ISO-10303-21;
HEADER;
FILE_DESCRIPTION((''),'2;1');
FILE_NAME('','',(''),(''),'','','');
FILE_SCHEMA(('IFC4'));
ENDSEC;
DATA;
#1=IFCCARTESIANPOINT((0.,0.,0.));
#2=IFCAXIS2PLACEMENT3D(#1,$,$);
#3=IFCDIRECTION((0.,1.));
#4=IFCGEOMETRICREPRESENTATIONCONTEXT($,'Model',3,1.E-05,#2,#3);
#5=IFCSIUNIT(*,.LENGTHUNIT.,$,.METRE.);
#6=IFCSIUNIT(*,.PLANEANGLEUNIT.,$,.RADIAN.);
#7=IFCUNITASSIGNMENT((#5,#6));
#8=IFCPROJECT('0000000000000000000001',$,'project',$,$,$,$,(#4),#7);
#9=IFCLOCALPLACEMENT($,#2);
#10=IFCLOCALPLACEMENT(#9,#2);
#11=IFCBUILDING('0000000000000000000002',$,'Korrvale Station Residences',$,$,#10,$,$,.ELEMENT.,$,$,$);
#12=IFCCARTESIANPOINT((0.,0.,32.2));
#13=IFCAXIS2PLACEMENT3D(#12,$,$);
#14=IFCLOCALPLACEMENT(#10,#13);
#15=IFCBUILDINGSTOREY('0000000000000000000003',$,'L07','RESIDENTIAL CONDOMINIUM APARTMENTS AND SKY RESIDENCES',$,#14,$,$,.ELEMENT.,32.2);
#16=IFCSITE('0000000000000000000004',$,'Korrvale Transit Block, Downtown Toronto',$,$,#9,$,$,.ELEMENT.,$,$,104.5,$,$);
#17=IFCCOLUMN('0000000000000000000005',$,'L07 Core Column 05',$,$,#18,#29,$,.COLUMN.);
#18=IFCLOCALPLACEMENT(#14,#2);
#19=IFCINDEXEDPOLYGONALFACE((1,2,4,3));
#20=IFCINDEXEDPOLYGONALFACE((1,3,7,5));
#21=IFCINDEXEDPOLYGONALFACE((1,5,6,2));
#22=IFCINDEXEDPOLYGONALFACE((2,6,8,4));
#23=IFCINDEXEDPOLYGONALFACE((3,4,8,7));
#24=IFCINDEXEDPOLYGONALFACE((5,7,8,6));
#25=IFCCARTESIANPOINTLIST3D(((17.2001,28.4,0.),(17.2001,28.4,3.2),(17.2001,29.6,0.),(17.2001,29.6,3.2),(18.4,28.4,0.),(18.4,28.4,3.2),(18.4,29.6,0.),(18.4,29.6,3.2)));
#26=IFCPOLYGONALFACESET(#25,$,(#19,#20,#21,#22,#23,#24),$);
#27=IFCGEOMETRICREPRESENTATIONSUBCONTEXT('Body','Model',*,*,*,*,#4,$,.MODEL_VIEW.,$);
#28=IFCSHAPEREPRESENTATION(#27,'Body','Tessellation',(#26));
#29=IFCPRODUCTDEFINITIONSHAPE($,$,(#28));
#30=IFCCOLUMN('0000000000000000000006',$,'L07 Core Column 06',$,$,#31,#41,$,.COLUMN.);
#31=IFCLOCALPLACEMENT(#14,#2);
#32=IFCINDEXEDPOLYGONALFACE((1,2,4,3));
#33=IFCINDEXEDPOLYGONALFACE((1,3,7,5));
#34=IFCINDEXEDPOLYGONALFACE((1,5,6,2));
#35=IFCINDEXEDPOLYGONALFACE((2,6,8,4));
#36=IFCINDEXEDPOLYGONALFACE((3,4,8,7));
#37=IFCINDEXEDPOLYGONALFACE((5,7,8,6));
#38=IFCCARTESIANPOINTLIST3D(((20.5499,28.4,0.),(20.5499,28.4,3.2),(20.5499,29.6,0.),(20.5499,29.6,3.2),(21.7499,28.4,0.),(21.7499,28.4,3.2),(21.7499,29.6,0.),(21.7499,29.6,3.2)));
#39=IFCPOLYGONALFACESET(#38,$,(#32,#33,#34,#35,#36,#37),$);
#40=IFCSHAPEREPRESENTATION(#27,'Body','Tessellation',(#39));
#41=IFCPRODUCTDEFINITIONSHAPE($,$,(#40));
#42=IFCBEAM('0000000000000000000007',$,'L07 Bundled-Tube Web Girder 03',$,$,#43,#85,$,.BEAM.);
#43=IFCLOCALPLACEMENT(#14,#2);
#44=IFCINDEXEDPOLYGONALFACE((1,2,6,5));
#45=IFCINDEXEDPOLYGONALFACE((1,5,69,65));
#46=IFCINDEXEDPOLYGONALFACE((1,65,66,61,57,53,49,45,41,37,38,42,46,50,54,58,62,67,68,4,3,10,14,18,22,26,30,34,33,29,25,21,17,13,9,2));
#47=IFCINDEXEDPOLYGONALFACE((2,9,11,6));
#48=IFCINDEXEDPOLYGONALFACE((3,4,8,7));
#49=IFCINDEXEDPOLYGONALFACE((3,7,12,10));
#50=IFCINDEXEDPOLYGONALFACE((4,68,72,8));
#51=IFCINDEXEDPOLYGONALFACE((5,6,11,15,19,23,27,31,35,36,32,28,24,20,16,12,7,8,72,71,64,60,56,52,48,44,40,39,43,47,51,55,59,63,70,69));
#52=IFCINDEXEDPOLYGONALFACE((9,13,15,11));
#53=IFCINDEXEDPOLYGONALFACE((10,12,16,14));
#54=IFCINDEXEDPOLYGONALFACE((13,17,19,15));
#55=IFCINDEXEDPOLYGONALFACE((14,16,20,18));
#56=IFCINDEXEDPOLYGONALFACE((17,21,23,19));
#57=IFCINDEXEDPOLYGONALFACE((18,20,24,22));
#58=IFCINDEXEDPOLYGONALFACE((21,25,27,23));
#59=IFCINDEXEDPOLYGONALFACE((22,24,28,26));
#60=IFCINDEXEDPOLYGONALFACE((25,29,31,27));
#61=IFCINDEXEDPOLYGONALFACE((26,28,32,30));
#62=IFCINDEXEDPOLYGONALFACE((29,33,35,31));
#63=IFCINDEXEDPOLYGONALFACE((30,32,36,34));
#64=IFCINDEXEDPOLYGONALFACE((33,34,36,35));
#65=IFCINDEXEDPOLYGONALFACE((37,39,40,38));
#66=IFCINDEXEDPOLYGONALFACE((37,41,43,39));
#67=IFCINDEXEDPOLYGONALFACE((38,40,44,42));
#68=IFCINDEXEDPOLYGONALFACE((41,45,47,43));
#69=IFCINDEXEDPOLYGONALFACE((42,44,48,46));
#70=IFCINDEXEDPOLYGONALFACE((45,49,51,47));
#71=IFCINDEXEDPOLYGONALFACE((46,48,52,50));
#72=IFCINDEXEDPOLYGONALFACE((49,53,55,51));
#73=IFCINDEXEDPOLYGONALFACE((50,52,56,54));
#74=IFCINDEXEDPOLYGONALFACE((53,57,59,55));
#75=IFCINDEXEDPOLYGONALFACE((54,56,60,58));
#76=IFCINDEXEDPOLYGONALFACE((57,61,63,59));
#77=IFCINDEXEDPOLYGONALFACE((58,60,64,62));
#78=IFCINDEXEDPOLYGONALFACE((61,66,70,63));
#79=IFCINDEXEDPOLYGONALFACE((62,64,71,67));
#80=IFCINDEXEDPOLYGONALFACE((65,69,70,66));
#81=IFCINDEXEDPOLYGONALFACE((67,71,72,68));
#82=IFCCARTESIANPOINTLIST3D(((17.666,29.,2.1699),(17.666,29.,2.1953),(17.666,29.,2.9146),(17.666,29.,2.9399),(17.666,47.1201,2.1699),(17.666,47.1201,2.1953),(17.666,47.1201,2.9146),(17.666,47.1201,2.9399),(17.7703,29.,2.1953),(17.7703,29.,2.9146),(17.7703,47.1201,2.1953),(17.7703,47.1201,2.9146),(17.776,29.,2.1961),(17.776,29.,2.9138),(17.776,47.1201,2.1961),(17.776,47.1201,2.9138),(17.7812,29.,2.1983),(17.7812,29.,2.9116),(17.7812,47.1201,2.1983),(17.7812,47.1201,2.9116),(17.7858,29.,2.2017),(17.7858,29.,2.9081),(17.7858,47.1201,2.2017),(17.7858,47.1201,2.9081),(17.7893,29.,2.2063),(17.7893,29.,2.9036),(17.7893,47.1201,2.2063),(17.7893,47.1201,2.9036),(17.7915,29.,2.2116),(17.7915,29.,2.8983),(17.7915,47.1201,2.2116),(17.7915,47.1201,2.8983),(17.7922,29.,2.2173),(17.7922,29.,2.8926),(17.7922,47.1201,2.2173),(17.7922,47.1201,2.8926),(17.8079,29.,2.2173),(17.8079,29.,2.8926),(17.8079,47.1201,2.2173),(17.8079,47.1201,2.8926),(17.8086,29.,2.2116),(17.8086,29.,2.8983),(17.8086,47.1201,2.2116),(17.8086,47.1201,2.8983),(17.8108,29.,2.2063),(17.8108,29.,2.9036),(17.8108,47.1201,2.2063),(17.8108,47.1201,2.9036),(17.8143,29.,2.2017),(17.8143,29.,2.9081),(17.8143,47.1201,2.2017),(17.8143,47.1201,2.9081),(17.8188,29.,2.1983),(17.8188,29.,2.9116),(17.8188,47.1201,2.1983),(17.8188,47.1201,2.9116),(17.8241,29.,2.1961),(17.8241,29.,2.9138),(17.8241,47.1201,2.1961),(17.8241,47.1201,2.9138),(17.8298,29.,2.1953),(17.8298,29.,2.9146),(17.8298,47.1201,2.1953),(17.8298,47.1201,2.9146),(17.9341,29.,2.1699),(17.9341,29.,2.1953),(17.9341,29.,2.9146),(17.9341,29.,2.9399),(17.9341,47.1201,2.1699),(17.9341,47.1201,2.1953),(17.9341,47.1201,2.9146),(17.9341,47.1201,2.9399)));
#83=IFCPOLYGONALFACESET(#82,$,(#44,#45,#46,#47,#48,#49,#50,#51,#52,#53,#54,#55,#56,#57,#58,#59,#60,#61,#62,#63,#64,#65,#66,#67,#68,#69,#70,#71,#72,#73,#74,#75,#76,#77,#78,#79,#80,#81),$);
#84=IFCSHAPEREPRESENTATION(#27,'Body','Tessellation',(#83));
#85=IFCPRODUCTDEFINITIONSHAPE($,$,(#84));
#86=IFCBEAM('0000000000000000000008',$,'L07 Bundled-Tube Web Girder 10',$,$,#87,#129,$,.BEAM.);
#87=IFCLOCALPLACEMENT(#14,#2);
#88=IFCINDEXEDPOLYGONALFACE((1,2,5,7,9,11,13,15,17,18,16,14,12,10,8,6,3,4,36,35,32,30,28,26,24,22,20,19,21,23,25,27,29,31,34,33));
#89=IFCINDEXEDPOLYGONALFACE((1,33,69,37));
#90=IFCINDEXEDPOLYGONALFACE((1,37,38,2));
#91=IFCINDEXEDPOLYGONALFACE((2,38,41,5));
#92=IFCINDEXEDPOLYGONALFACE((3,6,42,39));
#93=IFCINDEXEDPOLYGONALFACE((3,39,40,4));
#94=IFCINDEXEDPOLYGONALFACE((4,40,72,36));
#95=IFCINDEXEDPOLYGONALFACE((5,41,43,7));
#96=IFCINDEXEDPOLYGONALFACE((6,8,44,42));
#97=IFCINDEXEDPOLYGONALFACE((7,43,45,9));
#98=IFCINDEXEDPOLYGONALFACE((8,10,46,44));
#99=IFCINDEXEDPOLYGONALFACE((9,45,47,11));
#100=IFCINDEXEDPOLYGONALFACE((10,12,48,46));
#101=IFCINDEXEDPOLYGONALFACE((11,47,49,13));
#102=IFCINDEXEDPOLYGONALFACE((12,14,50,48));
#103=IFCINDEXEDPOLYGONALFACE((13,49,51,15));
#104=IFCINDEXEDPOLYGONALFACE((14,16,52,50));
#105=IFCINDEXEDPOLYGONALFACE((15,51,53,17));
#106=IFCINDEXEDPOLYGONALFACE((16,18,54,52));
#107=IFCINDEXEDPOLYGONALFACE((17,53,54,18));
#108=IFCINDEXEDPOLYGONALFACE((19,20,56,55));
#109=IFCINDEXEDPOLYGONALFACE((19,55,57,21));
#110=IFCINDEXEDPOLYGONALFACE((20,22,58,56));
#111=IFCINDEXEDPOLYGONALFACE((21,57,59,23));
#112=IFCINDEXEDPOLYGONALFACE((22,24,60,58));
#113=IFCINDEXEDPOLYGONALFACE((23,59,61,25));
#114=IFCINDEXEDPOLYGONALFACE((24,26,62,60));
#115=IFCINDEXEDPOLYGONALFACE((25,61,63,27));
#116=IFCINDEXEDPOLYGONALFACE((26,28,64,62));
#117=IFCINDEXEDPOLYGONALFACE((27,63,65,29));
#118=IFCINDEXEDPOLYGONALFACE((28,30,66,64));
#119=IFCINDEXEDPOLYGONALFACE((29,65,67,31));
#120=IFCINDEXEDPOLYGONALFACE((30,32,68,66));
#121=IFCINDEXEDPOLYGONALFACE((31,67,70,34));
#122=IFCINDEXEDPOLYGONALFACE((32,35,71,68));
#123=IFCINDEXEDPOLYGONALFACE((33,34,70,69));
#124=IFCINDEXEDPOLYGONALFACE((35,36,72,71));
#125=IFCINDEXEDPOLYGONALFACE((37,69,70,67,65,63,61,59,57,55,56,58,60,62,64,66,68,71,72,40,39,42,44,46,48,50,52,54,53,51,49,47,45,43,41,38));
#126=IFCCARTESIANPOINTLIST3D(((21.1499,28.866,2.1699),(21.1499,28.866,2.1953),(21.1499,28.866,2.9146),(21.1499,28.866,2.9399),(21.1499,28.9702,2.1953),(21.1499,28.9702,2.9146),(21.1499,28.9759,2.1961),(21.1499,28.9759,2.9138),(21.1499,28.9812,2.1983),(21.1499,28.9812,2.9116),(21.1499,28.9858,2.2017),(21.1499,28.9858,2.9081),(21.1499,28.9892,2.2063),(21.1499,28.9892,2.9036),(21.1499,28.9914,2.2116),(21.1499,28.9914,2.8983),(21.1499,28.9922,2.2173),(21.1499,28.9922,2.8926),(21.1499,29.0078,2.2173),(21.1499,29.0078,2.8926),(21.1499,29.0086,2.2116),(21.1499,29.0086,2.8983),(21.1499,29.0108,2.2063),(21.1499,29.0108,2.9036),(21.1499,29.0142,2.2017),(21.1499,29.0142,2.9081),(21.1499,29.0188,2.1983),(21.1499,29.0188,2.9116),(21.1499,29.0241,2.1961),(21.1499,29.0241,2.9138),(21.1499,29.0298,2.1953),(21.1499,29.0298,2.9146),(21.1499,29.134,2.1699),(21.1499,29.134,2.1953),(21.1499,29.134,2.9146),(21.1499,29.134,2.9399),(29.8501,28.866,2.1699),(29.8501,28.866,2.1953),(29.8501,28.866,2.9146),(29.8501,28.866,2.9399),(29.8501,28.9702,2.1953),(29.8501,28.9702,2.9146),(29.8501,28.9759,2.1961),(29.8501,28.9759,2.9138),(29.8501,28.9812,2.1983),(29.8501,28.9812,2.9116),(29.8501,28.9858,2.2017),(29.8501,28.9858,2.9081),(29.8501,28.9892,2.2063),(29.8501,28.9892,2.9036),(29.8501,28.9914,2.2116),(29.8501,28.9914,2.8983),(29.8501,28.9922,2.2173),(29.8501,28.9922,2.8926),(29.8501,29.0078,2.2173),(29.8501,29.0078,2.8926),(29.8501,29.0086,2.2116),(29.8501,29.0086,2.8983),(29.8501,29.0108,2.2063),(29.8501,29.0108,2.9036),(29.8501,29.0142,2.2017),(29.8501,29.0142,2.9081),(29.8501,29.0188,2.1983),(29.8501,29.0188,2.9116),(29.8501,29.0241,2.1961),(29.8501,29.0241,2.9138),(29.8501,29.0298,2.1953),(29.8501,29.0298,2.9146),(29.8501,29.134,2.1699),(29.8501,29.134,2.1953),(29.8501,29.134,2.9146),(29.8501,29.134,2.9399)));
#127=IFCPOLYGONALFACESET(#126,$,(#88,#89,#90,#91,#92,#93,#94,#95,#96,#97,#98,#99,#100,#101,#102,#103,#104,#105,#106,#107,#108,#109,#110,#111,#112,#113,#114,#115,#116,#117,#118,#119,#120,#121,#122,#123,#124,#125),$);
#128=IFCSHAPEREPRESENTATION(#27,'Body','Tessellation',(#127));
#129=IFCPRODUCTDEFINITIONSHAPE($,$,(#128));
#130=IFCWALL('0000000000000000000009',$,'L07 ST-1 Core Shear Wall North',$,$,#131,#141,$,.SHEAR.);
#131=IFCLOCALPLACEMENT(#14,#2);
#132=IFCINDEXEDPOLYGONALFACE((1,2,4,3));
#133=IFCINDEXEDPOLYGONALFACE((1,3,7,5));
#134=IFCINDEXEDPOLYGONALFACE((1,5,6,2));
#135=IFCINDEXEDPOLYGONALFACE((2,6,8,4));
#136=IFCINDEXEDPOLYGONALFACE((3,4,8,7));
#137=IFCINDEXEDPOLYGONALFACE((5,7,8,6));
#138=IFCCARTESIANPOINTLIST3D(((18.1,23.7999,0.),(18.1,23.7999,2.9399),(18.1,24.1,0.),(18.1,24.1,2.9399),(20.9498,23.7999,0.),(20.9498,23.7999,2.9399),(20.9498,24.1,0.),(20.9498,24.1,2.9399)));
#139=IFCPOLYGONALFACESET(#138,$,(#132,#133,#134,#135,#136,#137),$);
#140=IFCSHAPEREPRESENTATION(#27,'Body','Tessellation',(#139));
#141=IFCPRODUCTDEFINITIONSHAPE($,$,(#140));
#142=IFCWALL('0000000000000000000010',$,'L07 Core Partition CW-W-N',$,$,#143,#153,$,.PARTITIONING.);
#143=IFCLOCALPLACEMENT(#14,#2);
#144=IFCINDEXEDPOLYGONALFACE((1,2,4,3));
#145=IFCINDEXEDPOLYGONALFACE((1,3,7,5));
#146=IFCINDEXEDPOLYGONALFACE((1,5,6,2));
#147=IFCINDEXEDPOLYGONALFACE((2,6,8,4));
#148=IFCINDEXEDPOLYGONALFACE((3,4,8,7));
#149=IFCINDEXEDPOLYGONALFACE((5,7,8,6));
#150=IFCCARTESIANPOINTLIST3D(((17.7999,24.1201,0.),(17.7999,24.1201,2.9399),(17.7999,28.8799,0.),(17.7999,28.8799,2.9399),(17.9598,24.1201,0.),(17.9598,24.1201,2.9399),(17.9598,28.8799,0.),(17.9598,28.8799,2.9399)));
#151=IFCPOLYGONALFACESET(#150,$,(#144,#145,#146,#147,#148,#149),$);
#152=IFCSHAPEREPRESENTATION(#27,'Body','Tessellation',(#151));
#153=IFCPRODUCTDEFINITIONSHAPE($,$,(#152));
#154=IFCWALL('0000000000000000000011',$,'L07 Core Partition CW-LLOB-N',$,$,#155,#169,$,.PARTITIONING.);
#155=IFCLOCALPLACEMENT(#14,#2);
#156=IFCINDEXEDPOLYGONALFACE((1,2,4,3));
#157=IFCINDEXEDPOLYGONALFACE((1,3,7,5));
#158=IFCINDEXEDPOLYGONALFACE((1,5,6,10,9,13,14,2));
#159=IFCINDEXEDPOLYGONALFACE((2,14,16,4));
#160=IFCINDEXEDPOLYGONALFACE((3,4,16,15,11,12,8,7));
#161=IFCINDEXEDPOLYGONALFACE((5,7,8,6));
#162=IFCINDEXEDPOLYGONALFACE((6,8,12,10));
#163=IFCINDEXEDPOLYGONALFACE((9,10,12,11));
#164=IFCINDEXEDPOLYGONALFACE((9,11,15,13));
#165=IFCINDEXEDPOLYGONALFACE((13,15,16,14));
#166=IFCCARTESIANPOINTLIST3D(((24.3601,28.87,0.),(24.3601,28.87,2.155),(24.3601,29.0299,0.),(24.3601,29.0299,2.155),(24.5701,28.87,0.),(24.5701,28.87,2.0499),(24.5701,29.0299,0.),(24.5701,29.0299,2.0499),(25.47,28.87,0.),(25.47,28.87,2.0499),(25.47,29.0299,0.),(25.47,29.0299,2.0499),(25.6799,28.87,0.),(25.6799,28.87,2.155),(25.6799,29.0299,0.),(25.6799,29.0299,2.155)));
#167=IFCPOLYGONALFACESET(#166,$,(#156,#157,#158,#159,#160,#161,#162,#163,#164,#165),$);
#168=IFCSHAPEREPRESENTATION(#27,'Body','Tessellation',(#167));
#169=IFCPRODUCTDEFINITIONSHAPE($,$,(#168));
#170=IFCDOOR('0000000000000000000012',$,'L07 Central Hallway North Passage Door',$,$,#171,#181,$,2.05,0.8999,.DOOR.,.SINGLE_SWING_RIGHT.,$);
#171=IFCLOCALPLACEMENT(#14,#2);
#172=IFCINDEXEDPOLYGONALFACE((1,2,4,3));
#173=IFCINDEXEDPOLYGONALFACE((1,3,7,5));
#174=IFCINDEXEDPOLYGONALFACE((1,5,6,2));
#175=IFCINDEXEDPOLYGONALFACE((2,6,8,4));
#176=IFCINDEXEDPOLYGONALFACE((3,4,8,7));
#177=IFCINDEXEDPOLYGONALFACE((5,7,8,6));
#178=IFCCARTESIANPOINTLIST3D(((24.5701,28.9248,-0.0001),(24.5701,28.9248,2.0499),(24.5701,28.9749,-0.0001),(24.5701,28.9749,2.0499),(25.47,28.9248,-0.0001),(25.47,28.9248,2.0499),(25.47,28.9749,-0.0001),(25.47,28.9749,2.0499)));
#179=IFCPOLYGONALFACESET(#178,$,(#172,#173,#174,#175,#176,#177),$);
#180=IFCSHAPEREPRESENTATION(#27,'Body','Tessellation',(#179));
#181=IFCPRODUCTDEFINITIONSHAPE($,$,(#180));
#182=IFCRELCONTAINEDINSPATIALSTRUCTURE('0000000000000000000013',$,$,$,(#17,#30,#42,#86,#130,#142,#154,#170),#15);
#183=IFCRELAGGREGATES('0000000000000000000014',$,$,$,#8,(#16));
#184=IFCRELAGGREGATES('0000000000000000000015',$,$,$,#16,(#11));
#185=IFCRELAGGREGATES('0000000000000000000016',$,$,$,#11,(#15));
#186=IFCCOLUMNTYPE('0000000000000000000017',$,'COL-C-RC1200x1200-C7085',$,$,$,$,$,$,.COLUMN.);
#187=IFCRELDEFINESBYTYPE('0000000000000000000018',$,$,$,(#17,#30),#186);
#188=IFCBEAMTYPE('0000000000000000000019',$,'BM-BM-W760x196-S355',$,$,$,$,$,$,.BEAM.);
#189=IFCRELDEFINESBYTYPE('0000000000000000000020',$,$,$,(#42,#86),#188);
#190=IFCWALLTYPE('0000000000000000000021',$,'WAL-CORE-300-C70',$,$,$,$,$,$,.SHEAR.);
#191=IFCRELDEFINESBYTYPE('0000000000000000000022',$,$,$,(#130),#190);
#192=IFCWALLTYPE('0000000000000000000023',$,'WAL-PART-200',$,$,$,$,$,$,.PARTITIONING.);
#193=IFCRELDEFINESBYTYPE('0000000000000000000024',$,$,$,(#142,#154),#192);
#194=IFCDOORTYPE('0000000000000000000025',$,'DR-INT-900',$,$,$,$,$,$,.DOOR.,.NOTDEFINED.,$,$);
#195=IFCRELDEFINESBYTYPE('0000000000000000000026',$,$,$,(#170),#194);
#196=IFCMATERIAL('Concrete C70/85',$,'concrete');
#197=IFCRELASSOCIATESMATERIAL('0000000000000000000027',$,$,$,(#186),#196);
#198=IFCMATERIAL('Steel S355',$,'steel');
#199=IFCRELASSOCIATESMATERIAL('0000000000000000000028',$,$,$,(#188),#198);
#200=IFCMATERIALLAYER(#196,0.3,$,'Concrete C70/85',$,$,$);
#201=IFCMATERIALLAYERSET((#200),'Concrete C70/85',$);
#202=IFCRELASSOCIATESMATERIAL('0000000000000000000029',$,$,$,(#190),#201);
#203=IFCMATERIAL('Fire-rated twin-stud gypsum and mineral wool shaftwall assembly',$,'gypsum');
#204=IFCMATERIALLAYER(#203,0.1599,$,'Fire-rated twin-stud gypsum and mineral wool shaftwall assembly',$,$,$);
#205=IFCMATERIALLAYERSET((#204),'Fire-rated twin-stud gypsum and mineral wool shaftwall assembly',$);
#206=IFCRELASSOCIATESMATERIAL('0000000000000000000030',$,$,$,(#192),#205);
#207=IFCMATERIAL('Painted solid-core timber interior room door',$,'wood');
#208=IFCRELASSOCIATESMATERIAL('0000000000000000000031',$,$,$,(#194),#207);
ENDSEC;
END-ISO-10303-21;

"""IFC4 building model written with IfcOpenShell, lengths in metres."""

from ifc_helpers import new_model, si_unit, direction, frame, frame_2d, origin, origin_2d, place, context, subcontext, project, spatial, rectangle, i_section, extrude, material, layer, layer_set, material_profile, profile_set, type_object, element, fill, save


model = new_model("IFC4")

# Units and contexts
model_context = context("Model", 3, precision=1e-05, world=origin(), true_north=direction((0.0, 1.0)))
body_context = subcontext(model_context, "Body", "Model", "MODEL_VIEW")
ifc_project = project(units=[si_unit("LENGTHUNIT", "METRE"), si_unit("PLANEANGLEUNIT", "RADIAN")], contexts=[model_context])

# Site, building, storey
site_placement = place(None, origin())
site = spatial("IfcSite", under=ifc_project, at=site_placement, Name="Korrvale Transit Block, Downtown Toronto", CompositionType="ELEMENT", RefElevation=104.5)
building_placement = place(site_placement, origin())
building = spatial("IfcBuilding", under=site, at=building_placement, Name="Korrvale Station Residences", CompositionType="ELEMENT")
storey_placement = place(building_placement, frame((0.0, 0.0, 32.2)))
storey = spatial("IfcBuildingStorey", under=building, at=storey_placement, Name="L07", Description="RESIDENTIAL CONDOMINIUM APARTMENTS AND SKY RESIDENCES", CompositionType="ELEMENT", Elevation=32.2)

# Columns
ifc_material_1 = material(Name="Concrete C70/85", Category="concrete")
ifc_material_profile_1 = material_profile(ifc_material_1, rectangle(XDim=1.2, YDim=1.2, at=origin_2d()), Name="RC1200x1200")
ifc_profile_set_1 = profile_set([ifc_material_profile_1], Name="Concrete C70/85")
column_type = type_object("IfcColumnType", Name="COL-C-RC1200x1200-C7085", PredefinedType="COLUMN", material=ifc_profile_set_1)
for number, where, z_axis, x_axis, name in (
    (1, (17.8, 29.0, 0.0), (0.0, 0.0, 1.0), (1.0, 0.0, 0.0), "L07 Core Column 05"),
    (2, (21.1499, 29.0, 0.0), (0.0, 0.0, 1.0), (1.0, 0.0, 0.0), "L07 Core Column 06"),
):
    element("IfcColumn", number, at=place(storey_placement, frame(where, z_axis=z_axis, x_axis=x_axis)), inside=storey, type_object=column_type, Name=name, PredefinedType="COLUMN", context=body_context, shape_type="SweptSolid", body=[
        extrude(rectangle(XDim=1.2, YDim=1.2, at=origin_2d()), origin(), (0.0, 0.0, 1.0), 3.2),
    ])

# Beams
ifc_material_2 = material(Name="Steel S355", Category="steel")
ifc_material_profile_2 = material_profile(ifc_material_2, i_section(OverallWidth=0.2681, OverallDepth=0.77, WebThickness=0.0156, FlangeThickness=0.0254, FilletRadius=0.022, at=origin_2d()), Name="W760x196")
ifc_profile_set_2 = profile_set([ifc_material_profile_2], Name="Steel S355")
beam_type = type_object("IfcBeamType", Name="BM-BM-W760x196-S355", PredefinedType="BEAM", material=ifc_profile_set_2)
beam_1_placement = place(storey_placement, frame((17.8, 29.0, 2.5549), z_axis=(0.0, 1.0, 0.0), x_axis=(-1.0, 0.0, 0.0)))
element("IfcBeam", 3, at=beam_1_placement, inside=storey, type_object=beam_type, Name="L07 Bundled-Tube Web Girder 03", PredefinedType="BEAM", context=body_context, shape_type="SweptSolid", body=[
    extrude(i_section(OverallWidth=0.2681, OverallDepth=0.77, WebThickness=0.0156, FlangeThickness=0.0254, FilletRadius=0.022, at=origin_2d()), origin(), (0.0, 0.0, 1.0), 18.1201),
])
beam_2_placement = place(storey_placement, frame((21.1499, 29.0, 2.5549), z_axis=(1.0, 0.0, 0.0), x_axis=(0.0, 1.0, 0.0)))
element("IfcBeam", 4, at=beam_2_placement, inside=storey, type_object=beam_type, Name="L07 Bundled-Tube Web Girder 10", PredefinedType="BEAM", context=body_context, shape_type="SweptSolid", body=[
    extrude(i_section(OverallWidth=0.2681, OverallDepth=0.77, WebThickness=0.0156, FlangeThickness=0.0254, FilletRadius=0.022, at=origin_2d()), origin(), (0.0, 0.0, 1.0), 8.7002),
])

# Walls
ifc_layer_1 = layer(ifc_material_1, 0.3, Name="Concrete C70/85")
ifc_layer_set_1 = layer_set([ifc_layer_1], Name="Concrete C70/85")
wall_type_1 = type_object("IfcWallType", Name="WAL-CORE-300-C70", PredefinedType="SHEAR", material=ifc_layer_set_1)
wall_1_placement = place(storey_placement, frame((18.1001, 23.95, 0.0), z_axis=(0.0, 0.0, 1.0), x_axis=(1.0, 0.0, 0.0)))
element("IfcWall", 5, at=wall_1_placement, inside=storey, type_object=wall_type_1, Name="L07 ST-1 Core Shear Wall North", PredefinedType="SHEAR", context=body_context, shape_type="SweptSolid", body=[
    extrude(rectangle(XDim=2.8499, YDim=0.3, at=frame_2d((1.4248, 0.0))), origin(), (0.0, 0.0, 1.0), 2.9399),
])
ifc_material_3 = material(Name="Fire-rated twin-stud gypsum and mineral wool shaftwall assembly", Category="gypsum")
ifc_layer_2 = layer(ifc_material_3, 0.1599, Name="Fire-rated twin-stud gypsum and mineral wool shaftwall assembly")
ifc_layer_set_2 = layer_set([ifc_layer_2], Name="Fire-rated twin-stud gypsum and mineral wool shaftwall assembly")
wall_type_2 = type_object("IfcWallType", Name="WAL-PART-200", PredefinedType="PARTITIONING", material=ifc_layer_set_2)
wall_2_placement = place(storey_placement, frame((17.8799, 24.1201, 0.0), z_axis=(0.0, 0.0, 1.0), x_axis=(0.0, 1.0, 0.0)))
element("IfcWall", 6, at=wall_2_placement, inside=storey, type_object=wall_type_2, Name="L07 Core Partition CW-W-N", PredefinedType="PARTITIONING", context=body_context, shape_type="SweptSolid", body=[
    extrude(rectangle(XDim=4.7598, YDim=0.1599, at=frame_2d((2.3799, 0.0))), origin(), (0.0, 0.0, 1.0), 2.9399),
])

# Wall, opening, door
wall_3_placement = place(storey_placement, frame((24.3601, 28.95, 0.0), z_axis=(0.0, 0.0, 1.0), x_axis=(1.0, 0.0, 0.0)))
wall_3 = element("IfcWall", 7, at=wall_3_placement, inside=storey, type_object=wall_type_2, Name="L07 Core Partition CW-LLOB-N", PredefinedType="PARTITIONING", context=body_context, shape_type="SweptSolid", body=[
    extrude(rectangle(XDim=1.3198, YDim=0.1599, at=frame_2d((0.6599, 0.0))), origin(), (0.0, 0.0, 1.0), 2.155),
])
opening_1_placement = place(wall_3_placement, frame((0.21, 0.0, 0.0)))
opening_1 = element("IfcOpeningElement", 8, at=opening_1_placement, cuts=wall_3, PredefinedType="OPENING", context=body_context, shape_type="SweptSolid", body=[
    extrude(rectangle(XDim=0.8999, YDim=2.05, at=frame_2d((0.45, 1.0249))), frame((0.0, 0.0898, 0.0), z_axis=(0.0, -1.0, 0.0), x_axis=(1.0, 0.0, 0.0)), (0.0, 0.0, 1.0), 0.1799),
])
ifc_material_4 = material(Name="Painted solid-core timber interior room door", Category="wood")
door_type_1 = type_object("IfcDoorType", Name="DR-INT-900", OperationType="NOTDEFINED", PredefinedType="DOOR", material=ifc_material_4)
door_1_placement = place(opening_1_placement, origin())
door_1 = element("IfcDoor", 9, at=door_1_placement, inside=storey, type_object=door_type_1, Name="L07 Central Hallway North Passage Door", OperationType="SINGLE_SWING_RIGHT", OverallHeight=2.05, OverallWidth=0.8999, PredefinedType="DOOR", context=body_context, shape_type="SweptSolid", body=[
    extrude(rectangle(XDim=0.8999, YDim=2.05, at=frame_2d((0.45, 1.0249))), frame((0.0, 0.0249, 0.0), z_axis=(0.0, -1.0, 0.0), x_axis=(1.0, 0.0, 0.0)), (0.0, 0.0, 1.0), 0.05),
])
fill(opening_1, door_1)

save(model, "model.ifc")
